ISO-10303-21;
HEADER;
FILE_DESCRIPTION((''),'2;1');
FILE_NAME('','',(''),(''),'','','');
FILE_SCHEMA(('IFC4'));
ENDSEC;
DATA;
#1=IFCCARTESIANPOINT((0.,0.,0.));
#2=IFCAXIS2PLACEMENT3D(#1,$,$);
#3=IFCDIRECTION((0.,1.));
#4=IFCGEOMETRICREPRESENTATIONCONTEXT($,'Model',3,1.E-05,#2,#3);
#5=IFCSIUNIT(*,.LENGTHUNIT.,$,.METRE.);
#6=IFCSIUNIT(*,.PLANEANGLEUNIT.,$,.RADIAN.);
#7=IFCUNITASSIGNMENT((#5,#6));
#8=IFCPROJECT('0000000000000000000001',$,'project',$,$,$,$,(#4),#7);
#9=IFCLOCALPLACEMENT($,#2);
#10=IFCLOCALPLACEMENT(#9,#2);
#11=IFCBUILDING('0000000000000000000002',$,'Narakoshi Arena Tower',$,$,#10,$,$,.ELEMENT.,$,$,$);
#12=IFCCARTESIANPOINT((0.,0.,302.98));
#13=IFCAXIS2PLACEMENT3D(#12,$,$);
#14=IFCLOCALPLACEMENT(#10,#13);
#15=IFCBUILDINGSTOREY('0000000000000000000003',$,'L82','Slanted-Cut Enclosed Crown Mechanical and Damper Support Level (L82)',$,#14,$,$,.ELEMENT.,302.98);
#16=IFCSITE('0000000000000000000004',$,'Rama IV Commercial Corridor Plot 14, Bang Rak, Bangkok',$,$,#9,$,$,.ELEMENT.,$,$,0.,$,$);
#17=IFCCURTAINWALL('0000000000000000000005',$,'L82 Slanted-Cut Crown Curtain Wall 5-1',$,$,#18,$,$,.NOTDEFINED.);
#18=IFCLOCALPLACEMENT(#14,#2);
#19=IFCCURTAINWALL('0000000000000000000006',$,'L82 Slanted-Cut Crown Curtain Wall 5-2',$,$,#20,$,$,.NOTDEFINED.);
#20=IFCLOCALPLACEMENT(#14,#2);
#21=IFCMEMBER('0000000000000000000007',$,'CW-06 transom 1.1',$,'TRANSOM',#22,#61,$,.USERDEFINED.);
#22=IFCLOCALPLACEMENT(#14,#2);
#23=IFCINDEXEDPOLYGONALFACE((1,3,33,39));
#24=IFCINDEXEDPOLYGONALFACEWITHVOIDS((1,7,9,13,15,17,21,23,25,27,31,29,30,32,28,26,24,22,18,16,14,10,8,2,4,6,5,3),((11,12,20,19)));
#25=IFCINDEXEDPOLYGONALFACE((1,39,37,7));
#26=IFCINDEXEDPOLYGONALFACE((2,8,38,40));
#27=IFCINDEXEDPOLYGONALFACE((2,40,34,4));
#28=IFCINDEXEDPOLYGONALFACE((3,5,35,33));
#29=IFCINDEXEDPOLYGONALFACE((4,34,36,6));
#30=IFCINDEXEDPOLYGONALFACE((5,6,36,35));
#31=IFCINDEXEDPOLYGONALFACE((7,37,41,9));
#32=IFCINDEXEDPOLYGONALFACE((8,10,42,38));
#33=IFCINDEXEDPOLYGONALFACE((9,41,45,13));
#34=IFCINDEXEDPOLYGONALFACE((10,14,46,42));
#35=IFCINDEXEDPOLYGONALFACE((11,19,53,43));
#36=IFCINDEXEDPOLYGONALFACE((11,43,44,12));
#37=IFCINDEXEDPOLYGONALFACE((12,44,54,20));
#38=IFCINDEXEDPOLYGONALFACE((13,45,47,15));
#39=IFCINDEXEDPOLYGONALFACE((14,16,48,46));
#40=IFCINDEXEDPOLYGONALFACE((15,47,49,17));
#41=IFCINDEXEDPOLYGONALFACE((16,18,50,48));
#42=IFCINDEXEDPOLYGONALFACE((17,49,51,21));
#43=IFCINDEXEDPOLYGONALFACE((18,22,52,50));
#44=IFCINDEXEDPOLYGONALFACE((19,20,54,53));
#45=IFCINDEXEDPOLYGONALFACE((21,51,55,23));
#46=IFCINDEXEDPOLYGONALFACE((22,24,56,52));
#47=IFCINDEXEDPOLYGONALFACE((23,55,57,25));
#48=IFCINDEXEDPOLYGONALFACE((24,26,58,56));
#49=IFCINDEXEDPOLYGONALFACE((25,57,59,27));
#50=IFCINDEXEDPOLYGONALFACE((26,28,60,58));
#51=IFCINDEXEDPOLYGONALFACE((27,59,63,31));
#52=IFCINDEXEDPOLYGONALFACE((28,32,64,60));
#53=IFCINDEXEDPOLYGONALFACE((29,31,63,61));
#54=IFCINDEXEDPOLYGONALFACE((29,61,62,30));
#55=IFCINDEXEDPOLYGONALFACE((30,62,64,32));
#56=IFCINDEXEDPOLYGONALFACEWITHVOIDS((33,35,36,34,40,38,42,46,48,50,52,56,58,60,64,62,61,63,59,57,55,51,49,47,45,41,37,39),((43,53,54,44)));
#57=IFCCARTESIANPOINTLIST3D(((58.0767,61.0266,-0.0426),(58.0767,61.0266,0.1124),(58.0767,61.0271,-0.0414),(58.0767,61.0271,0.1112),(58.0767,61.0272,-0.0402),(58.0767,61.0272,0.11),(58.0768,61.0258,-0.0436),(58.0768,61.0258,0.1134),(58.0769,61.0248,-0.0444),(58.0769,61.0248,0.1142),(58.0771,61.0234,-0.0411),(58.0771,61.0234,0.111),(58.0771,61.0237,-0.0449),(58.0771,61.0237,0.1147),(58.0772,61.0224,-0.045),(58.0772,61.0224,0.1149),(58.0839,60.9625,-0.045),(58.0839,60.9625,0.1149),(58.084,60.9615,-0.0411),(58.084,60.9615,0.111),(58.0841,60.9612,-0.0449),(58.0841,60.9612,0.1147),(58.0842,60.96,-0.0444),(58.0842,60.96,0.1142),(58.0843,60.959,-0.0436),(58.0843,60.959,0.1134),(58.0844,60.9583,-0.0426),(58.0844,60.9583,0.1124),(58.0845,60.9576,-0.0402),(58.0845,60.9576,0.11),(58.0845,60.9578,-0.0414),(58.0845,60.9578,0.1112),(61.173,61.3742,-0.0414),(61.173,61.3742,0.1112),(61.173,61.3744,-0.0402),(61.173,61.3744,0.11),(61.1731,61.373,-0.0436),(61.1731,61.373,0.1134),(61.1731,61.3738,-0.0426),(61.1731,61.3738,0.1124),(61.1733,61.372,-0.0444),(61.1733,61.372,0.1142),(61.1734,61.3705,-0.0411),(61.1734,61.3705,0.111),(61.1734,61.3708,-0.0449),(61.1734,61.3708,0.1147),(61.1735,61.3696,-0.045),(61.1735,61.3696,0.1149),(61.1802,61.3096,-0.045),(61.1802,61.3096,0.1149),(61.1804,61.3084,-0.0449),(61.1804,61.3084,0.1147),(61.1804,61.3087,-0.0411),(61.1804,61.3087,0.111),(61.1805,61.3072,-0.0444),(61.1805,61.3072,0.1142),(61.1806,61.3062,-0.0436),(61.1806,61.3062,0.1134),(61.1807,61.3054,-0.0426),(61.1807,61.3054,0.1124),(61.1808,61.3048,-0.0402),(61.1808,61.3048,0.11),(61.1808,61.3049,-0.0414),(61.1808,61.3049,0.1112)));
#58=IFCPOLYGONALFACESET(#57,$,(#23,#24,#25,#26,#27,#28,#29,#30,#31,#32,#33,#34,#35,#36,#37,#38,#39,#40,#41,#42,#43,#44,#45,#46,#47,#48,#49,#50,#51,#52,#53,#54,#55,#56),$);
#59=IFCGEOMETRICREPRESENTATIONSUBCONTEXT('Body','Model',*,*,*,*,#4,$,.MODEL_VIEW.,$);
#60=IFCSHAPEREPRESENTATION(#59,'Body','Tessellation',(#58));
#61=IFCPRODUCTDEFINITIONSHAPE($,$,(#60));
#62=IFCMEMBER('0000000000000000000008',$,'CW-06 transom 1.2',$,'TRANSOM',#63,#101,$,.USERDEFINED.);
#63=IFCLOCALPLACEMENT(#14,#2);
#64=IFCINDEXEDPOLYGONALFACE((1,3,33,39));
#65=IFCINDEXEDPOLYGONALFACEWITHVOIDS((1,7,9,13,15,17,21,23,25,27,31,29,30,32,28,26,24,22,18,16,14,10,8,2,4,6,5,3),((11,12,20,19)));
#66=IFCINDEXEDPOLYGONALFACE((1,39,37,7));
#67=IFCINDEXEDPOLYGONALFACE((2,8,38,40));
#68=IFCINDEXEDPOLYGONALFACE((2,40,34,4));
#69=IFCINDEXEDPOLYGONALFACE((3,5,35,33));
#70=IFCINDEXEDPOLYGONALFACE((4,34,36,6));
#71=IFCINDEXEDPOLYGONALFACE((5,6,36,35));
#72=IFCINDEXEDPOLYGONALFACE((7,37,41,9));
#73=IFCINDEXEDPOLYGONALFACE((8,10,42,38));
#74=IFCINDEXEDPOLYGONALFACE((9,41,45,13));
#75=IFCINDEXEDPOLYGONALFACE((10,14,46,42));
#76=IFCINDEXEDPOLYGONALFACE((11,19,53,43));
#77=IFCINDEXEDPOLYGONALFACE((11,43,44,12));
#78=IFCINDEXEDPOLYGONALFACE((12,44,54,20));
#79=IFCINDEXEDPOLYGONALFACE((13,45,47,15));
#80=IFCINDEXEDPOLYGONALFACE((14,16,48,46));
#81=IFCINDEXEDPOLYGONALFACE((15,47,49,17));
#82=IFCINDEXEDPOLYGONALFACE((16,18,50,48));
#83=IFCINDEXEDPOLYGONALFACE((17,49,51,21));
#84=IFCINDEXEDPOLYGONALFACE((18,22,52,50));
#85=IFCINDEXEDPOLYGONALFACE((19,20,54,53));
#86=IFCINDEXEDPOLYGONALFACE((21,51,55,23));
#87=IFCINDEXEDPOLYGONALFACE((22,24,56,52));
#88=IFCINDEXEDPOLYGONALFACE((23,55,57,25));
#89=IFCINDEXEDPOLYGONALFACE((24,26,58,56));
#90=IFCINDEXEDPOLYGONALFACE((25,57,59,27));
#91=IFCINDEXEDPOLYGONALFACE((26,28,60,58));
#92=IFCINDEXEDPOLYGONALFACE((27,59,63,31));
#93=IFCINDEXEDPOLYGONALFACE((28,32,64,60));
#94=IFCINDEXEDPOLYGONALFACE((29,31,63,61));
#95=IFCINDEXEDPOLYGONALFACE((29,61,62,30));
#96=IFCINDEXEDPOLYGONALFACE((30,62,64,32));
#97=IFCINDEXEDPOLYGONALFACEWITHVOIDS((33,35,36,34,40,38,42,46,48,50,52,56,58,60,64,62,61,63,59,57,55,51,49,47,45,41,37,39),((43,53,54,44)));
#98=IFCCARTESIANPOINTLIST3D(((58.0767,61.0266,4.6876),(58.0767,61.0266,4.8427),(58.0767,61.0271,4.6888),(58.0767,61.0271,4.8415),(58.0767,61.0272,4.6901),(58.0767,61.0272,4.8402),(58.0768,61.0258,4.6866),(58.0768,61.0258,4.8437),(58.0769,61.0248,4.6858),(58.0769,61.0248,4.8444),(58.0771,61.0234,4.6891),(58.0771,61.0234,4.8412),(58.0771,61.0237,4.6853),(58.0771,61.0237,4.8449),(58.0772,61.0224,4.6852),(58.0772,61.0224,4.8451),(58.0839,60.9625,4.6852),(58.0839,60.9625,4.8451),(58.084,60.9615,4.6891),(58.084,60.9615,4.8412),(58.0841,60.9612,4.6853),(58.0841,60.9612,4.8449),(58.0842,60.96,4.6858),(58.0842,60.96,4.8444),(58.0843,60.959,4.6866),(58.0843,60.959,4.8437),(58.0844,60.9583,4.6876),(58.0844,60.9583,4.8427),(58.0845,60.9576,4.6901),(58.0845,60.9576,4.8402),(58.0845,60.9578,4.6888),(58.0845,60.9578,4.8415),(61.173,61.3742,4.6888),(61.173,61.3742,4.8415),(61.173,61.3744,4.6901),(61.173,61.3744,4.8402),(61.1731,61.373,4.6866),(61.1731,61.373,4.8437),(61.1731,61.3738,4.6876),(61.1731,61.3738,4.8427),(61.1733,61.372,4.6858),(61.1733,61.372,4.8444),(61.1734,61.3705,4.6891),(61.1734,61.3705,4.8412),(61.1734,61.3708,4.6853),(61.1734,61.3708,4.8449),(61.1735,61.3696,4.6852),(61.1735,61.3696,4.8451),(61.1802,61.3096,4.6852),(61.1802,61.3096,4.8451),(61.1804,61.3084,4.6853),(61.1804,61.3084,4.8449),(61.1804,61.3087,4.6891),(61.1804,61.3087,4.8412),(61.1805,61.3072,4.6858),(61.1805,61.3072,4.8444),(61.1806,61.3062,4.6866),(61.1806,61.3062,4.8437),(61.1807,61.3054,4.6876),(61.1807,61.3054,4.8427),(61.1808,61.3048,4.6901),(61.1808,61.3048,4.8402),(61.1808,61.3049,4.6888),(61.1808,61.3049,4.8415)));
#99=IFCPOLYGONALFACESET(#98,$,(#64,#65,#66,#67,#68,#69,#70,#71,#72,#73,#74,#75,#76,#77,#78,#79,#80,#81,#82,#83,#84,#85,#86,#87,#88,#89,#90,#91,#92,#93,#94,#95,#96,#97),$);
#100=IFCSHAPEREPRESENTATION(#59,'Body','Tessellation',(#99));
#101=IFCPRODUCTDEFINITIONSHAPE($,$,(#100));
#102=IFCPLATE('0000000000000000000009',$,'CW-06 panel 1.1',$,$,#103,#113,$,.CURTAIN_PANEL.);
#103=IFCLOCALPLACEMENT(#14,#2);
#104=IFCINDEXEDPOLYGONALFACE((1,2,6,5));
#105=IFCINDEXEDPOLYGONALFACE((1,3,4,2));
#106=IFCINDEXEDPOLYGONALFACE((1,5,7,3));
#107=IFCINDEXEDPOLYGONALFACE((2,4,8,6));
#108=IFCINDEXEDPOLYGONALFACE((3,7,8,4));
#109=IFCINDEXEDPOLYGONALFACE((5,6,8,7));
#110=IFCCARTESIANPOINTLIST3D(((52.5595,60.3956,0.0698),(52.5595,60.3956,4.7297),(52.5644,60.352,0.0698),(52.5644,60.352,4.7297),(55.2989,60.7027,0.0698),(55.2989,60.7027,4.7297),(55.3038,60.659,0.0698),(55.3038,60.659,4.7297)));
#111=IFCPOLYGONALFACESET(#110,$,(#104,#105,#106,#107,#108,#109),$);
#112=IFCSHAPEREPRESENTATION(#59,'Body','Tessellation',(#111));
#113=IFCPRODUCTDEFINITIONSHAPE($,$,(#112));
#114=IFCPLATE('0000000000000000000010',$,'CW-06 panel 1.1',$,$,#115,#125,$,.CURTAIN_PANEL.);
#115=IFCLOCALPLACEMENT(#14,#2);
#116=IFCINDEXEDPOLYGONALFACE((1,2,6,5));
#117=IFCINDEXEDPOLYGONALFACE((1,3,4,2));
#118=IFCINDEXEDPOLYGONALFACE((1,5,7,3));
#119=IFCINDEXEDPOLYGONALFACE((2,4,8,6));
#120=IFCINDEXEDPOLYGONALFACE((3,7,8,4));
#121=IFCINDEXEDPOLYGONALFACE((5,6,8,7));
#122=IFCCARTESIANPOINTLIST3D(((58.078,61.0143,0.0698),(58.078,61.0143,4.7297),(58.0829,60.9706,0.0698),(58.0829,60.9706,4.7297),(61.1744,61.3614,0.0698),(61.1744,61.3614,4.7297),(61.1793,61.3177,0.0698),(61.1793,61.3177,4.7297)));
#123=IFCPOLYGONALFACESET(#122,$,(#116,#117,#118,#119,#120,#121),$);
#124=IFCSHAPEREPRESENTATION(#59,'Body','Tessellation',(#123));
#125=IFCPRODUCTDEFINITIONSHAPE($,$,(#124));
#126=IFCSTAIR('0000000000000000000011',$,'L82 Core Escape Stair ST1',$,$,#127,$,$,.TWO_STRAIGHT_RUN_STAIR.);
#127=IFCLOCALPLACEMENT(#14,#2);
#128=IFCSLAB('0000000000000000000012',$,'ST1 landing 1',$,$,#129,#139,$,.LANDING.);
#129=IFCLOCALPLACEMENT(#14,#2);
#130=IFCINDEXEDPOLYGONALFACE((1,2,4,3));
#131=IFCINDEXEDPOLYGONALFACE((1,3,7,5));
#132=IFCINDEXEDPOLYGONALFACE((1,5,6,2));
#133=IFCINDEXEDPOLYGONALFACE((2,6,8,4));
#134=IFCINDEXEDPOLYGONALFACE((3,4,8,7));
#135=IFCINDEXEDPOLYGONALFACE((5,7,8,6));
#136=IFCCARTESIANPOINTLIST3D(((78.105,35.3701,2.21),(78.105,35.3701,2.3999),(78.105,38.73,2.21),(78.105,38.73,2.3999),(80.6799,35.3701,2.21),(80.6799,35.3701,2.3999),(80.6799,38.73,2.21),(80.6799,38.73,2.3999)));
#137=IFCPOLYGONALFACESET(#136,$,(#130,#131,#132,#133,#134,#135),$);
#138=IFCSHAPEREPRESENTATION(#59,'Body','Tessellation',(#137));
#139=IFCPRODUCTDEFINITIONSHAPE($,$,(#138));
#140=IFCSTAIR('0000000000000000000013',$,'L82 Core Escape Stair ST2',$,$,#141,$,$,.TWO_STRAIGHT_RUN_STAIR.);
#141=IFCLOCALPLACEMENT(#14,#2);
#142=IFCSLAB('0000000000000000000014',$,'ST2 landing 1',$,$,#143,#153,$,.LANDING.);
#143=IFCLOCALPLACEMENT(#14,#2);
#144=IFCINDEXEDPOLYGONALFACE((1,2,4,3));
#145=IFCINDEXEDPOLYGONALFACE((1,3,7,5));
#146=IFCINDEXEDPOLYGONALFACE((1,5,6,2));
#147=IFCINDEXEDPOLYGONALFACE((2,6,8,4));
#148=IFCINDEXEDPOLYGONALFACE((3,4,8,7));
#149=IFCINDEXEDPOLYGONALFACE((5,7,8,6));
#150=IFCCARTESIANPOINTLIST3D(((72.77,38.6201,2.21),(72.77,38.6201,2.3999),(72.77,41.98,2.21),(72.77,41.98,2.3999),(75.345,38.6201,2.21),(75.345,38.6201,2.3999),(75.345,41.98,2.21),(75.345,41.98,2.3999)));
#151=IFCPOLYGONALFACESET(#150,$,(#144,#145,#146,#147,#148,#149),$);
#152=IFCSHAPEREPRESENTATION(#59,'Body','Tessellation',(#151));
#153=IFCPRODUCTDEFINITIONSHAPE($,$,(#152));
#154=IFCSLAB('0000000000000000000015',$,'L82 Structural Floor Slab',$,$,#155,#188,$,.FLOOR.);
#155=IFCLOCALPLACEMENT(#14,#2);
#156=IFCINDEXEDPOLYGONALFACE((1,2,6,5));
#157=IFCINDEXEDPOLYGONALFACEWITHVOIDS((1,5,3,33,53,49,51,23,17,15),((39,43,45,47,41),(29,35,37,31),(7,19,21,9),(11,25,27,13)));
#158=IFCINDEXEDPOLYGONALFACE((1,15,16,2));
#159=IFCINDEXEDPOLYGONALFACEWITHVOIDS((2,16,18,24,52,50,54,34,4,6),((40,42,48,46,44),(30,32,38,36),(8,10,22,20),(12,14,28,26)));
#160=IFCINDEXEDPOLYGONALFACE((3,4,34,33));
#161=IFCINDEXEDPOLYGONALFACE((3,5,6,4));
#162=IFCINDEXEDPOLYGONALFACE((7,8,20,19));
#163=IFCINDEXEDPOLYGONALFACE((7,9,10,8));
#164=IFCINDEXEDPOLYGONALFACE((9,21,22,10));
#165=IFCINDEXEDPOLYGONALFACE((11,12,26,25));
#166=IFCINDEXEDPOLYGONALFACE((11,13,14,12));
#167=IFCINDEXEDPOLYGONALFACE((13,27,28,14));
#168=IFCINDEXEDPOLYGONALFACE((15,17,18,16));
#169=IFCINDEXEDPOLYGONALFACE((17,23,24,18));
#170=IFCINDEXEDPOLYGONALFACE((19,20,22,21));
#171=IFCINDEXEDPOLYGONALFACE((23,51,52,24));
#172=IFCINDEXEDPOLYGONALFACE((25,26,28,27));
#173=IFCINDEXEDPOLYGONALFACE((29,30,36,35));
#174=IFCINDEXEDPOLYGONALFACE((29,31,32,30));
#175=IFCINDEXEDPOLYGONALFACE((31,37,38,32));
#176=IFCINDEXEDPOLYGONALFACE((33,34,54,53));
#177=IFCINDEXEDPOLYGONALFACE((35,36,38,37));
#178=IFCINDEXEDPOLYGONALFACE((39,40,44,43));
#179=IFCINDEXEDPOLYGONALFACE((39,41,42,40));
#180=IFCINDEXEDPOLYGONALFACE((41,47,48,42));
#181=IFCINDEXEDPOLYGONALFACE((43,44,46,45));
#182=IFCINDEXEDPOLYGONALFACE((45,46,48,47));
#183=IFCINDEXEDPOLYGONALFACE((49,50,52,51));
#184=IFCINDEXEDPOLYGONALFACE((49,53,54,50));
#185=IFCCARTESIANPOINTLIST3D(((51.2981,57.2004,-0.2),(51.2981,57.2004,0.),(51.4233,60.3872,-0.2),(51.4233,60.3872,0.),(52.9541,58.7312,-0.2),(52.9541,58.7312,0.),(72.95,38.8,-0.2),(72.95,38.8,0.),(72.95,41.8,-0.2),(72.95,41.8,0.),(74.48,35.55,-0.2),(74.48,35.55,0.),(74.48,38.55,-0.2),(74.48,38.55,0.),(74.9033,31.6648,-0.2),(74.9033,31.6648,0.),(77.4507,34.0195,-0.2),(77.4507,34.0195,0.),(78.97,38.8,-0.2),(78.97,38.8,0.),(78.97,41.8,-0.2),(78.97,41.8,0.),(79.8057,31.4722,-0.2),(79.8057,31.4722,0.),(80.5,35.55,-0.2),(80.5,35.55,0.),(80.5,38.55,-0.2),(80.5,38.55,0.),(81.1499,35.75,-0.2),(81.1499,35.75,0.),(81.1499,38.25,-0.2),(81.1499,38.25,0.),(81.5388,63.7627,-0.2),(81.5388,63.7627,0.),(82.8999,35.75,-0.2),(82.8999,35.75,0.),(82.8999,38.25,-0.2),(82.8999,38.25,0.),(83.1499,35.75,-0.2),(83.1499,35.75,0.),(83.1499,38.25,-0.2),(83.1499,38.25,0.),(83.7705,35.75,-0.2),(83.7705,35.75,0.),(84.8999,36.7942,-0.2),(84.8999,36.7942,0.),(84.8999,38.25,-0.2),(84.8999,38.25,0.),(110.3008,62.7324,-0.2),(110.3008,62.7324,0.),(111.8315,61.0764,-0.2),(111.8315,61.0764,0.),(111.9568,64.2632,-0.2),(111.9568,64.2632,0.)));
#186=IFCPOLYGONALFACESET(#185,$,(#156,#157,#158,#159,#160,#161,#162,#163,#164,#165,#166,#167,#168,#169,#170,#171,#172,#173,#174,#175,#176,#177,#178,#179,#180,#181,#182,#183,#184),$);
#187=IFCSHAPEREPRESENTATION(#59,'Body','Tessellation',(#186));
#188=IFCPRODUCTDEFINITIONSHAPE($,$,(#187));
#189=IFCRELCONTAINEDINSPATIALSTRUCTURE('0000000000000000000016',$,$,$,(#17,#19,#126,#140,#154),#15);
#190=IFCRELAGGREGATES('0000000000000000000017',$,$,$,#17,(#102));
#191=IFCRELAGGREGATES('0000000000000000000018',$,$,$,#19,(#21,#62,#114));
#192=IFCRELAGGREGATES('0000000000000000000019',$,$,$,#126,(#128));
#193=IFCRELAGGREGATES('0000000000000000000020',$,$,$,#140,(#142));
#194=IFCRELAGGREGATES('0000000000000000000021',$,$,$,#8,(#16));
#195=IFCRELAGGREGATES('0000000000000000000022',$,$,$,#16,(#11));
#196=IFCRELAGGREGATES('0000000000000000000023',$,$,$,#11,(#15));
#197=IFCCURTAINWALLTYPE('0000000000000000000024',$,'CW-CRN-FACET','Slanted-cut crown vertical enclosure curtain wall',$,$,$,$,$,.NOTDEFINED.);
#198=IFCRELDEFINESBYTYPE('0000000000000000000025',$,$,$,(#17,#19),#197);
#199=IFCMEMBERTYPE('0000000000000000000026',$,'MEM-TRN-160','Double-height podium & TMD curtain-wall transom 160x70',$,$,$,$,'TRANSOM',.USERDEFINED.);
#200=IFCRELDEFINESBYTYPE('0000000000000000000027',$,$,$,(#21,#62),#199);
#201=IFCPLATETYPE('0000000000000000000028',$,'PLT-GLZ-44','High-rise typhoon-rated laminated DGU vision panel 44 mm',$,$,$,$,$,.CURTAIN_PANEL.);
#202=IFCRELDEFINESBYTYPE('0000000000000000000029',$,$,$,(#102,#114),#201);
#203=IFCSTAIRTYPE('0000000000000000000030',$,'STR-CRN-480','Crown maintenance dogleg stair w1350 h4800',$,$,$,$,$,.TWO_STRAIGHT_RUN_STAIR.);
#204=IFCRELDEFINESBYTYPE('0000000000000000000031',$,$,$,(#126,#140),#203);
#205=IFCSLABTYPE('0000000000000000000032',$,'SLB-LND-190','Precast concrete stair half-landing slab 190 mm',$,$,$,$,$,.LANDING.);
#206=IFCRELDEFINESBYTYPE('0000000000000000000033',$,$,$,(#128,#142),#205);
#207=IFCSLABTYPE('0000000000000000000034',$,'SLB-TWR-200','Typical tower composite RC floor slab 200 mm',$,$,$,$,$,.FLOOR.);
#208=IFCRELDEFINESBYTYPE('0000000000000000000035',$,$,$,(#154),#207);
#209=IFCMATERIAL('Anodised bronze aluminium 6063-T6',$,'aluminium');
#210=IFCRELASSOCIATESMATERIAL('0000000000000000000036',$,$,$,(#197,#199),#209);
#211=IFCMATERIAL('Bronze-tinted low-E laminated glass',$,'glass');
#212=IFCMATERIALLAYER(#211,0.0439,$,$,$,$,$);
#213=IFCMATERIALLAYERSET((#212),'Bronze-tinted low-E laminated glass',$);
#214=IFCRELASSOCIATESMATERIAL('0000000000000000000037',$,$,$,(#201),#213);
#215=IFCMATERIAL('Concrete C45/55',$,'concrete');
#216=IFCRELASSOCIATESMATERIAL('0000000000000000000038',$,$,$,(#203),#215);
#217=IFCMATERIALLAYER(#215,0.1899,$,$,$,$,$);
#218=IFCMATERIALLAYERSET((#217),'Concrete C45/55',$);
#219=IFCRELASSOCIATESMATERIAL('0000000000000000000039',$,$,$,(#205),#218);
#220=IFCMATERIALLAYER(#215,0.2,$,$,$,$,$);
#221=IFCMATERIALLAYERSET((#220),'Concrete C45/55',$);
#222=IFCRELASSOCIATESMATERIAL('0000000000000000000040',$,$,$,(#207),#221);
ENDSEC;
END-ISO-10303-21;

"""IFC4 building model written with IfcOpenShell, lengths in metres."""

from ifc_helpers import new_model, si_unit, direction, frame, origin, origin_2d, place, context, subcontext, project, spatial, polyline, rectangle, hollow_rectangle, outline, extrude, material, layer, layer_set, material_profile, profile_set, type_object, element, aggregate, save


model = new_model("IFC4")

# Units and contexts
model_context = context("Model", 3, precision=1e-05, world=origin(), true_north=direction((0.0, 1.0)))
body_context = subcontext(model_context, "Body", "Model", "MODEL_VIEW")
ifc_project = project(units=[si_unit("LENGTHUNIT", "METRE"), si_unit("PLANEANGLEUNIT", "RADIAN")], contexts=[model_context])

# Site, building, storey
site_placement = place(None, origin())
site = spatial("IfcSite", under=ifc_project, at=site_placement, Name="Rama IV Commercial Corridor Plot 14, Bang Rak, Bangkok", CompositionType="ELEMENT", RefElevation=0.0)
building_placement = place(site_placement, origin())
building = spatial("IfcBuilding", under=site, at=building_placement, Name="Narakoshi Arena Tower", CompositionType="ELEMENT")
storey_placement = place(building_placement, frame((0.0, 0.0, 302.98)))
storey = spatial("IfcBuildingStorey", under=building, at=storey_placement, Name="L82", Description="Slanted-Cut Enclosed Crown Mechanical and Damper Support Level (L82)", CompositionType="ELEMENT", Elevation=302.98)

# Curtain wall
ifc_material_1 = material(Name="Anodised bronze aluminium 6063-T6", Category="aluminium")
curtain_wall_type = type_object("IfcCurtainWallType", Name="CW-CRN-FACET", Description="Slanted-cut crown vertical enclosure curtain wall", PredefinedType="NOTDEFINED", material=ifc_material_1)
curtain_wall_1_placement = place(storey_placement, origin())
curtain_wall_1 = element("IfcCurtainWall", 1, at=curtain_wall_1_placement, inside=storey, type_object=curtain_wall_type, Name="L82 Slanted-Cut Crown Curtain Wall 5-1", PredefinedType="NOTDEFINED")

# Curtain wall
curtain_wall_2_placement = place(storey_placement, origin())
curtain_wall_2 = element("IfcCurtainWall", 2, at=curtain_wall_2_placement, inside=storey, type_object=curtain_wall_type, Name="L82 Slanted-Cut Crown Curtain Wall 5-2", PredefinedType="NOTDEFINED")

# Members
ifc_material_profile_1 = material_profile(ifc_material_1, hollow_rectangle(XDim=0.0701, YDim=0.1599, WallThickness=0.0039, OuterFilletRadius=0.0049, at=origin_2d()), Name="TRN160x70x4")
ifc_profile_set_1 = profile_set([ifc_material_profile_1], Name="Anodised bronze aluminium 6063-T6")
member_type_1 = type_object("IfcMemberType", Name="MEM-TRN-160", Description="Double-height podium & TMD curtain-wall transom 160x70", ElementType="TRANSOM", PredefinedType="USERDEFINED", material=ifc_profile_set_1)
member_1_placement = place(storey_placement, frame((58.0806, 60.9924, 0.0349), z_axis=(0.993773, 0.11142, 0.0), x_axis=(-0.11142, 0.993773, 0.0)))
member_1 = element("IfcMember", 3, at=member_1_placement, type_object=member_type_1, Name="CW-06 transom 1.1", ObjectType="TRANSOM", PredefinedType="USERDEFINED", context=body_context, shape_type="SweptSolid", body=[
    extrude(hollow_rectangle(XDim=0.0701, YDim=0.1599, WallThickness=0.0039, OuterFilletRadius=0.0049, at=origin_2d()), origin(), (0.0, 0.0, 1.0), 3.1157),
])
member_2_placement = place(storey_placement, frame((58.0806, 60.9924, 4.7651), z_axis=(0.993773, 0.11142, 0.0), x_axis=(-0.11142, 0.993773, 0.0)))
member_2 = element("IfcMember", 4, at=member_2_placement, type_object=member_type_1, Name="CW-06 transom 1.2", ObjectType="TRANSOM", PredefinedType="USERDEFINED", context=body_context, shape_type="SweptSolid", body=[
    extrude(hollow_rectangle(XDim=0.0701, YDim=0.1599, WallThickness=0.0039, OuterFilletRadius=0.0049, at=origin_2d()), origin(), (0.0, 0.0, 1.0), 3.1157),
])

# Plates
ifc_material_2 = material(Name="Bronze-tinted low-E laminated glass", Category="glass")
ifc_layer_1 = layer(ifc_material_2, 0.0439)
ifc_layer_set_1 = layer_set([ifc_layer_1], Name="Bronze-tinted low-E laminated glass")
plate_type = type_object("IfcPlateType", Name="PLT-GLZ-44", Description="High-rise typhoon-rated laminated DGU vision panel 44 mm", PredefinedType="CURTAIN_PANEL", material=ifc_layer_set_1)
plate_1_placement = place(storey_placement, frame((53.9316, 60.5273, 0.0698), z_axis=(0.0, 0.0, 1.0), x_axis=(0.993776, 0.111395, 0.0)))
plate_1 = element("IfcPlate", 5, at=plate_1_placement, type_object=plate_type, Name="CW-06 panel 1.1", PredefinedType="CURTAIN_PANEL", context=body_context, shape_type="SweptSolid", body=[
    extrude(rectangle(XDim=2.7566, YDim=0.0439, at=origin_2d()), origin(), (0.0, 0.0, 1.0), 4.6599),
])
aggregate(curtain_wall_1, [plate_1])
plate_2_placement = place(storey_placement, frame((59.6287, 61.166, 0.0698), z_axis=(0.0, 0.0, 1.0), x_axis=(0.993776, 0.111395, 0.0)))
plate_2 = element("IfcPlate", 6, at=plate_2_placement, type_object=plate_type, Name="CW-06 panel 1.1", PredefinedType="CURTAIN_PANEL", context=body_context, shape_type="SweptSolid", body=[
    extrude(rectangle(XDim=3.1157, YDim=0.0439, at=origin_2d()), origin(), (0.0, 0.0, 1.0), 4.6599),
])
aggregate(curtain_wall_2, [member_1, member_2, plate_2])

# Stairs, slabs
ifc_material_3 = material(Name="Concrete C45/55", Category="concrete")
stair_type = type_object("IfcStairType", Name="STR-CRN-480", Description="Crown maintenance dogleg stair w1350 h4800", PredefinedType="TWO_STRAIGHT_RUN_STAIR", material=ifc_material_3)
stair_1_placement = place(storey_placement, origin())
stair_1 = element("IfcStair", 7, at=stair_1_placement, inside=storey, type_object=stair_type, Name="L82 Core Escape Stair ST1", PredefinedType="TWO_STRAIGHT_RUN_STAIR")
ifc_layer_2 = layer(ifc_material_3, 0.1899)
ifc_layer_set_2 = layer_set([ifc_layer_2], Name="Concrete C45/55")
slab_type_1 = type_object("IfcSlabType", Name="SLB-LND-190", Description="Precast concrete stair half-landing slab 190 mm", PredefinedType="LANDING", material=ifc_layer_set_2)
slab_1_placement = place(storey_placement, frame((0.0, 0.0, 2.21)))
slab_1 = element("IfcSlab", 8, at=slab_1_placement, type_object=slab_type_1, Name="ST1 landing 1", PredefinedType="LANDING", context=body_context, shape_type="SweptSolid", body=[
    extrude(outline(polyline([(78.105, 35.3701), (80.6799, 35.3701), (80.6799, 38.73), (78.105, 38.73), (78.105, 35.3701)])), origin(), (0.0, 0.0, 1.0), 0.1899),
])
aggregate(stair_1, [slab_1])
stair_2_placement = place(storey_placement, origin())
stair_2 = element("IfcStair", 9, at=stair_2_placement, inside=storey, type_object=stair_type, Name="L82 Core Escape Stair ST2", PredefinedType="TWO_STRAIGHT_RUN_STAIR")
slab_2_placement = place(storey_placement, frame((0.0, 0.0, 2.21)))
slab_2 = element("IfcSlab", 10, at=slab_2_placement, type_object=slab_type_1, Name="ST2 landing 1", PredefinedType="LANDING", context=body_context, shape_type="SweptSolid", body=[
    extrude(outline(polyline([(72.77, 38.6201), (75.345, 38.6201), (75.345, 41.98), (72.77, 41.98), (72.77, 38.6201)])), origin(), (0.0, 0.0, 1.0), 0.1899),
])
aggregate(stair_2, [slab_2])

# Slab
ifc_layer_3 = layer(ifc_material_3, 0.2)
ifc_layer_set_3 = layer_set([ifc_layer_3], Name="Concrete C45/55")
slab_type_2 = type_object("IfcSlabType", Name="SLB-TWR-200", Description="Typical tower composite RC floor slab 200 mm", PredefinedType="FLOOR", material=ifc_layer_set_3)
slab_3_placement = place(storey_placement, frame((0.0, 0.0, -0.2)))
element("IfcSlab", 11, at=slab_3_placement, inside=storey, type_object=slab_type_2, Name="L82 Structural Floor Slab", PredefinedType="FLOOR", context=body_context, shape_type="SweptSolid", body=[
    extrude(outline(polyline([(77.4507, 34.0195), (74.9033, 31.6648), (51.2981, 57.2004), (52.9541, 58.7312), (51.4233, 60.3872), (81.5388, 63.7627), (111.9568, 64.2632), (110.3008, 62.7324), (111.8315, 61.0764), (79.8057, 31.4722), (77.4507, 34.0195)]), holes=[polyline([(80.5, 38.55), (80.5, 35.55), (74.48, 35.55), (74.48, 38.55), (80.5, 38.55)]), polyline([(82.8999, 38.25), (82.8999, 35.75), (81.1499, 35.75), (81.1499, 38.25), (82.8999, 38.25)]), polyline([(84.8999, 38.25), (84.8999, 36.7942), (83.7705, 35.75), (83.1499, 35.75), (83.1499, 38.25), (84.8999, 38.25)]), polyline([(78.97, 41.8), (78.97, 38.8), (72.95, 38.8), (72.95, 41.8), (78.97, 41.8)])]), origin(), (0.0, 0.0, 1.0), 0.2),
])

save(model, "model.ifc")
